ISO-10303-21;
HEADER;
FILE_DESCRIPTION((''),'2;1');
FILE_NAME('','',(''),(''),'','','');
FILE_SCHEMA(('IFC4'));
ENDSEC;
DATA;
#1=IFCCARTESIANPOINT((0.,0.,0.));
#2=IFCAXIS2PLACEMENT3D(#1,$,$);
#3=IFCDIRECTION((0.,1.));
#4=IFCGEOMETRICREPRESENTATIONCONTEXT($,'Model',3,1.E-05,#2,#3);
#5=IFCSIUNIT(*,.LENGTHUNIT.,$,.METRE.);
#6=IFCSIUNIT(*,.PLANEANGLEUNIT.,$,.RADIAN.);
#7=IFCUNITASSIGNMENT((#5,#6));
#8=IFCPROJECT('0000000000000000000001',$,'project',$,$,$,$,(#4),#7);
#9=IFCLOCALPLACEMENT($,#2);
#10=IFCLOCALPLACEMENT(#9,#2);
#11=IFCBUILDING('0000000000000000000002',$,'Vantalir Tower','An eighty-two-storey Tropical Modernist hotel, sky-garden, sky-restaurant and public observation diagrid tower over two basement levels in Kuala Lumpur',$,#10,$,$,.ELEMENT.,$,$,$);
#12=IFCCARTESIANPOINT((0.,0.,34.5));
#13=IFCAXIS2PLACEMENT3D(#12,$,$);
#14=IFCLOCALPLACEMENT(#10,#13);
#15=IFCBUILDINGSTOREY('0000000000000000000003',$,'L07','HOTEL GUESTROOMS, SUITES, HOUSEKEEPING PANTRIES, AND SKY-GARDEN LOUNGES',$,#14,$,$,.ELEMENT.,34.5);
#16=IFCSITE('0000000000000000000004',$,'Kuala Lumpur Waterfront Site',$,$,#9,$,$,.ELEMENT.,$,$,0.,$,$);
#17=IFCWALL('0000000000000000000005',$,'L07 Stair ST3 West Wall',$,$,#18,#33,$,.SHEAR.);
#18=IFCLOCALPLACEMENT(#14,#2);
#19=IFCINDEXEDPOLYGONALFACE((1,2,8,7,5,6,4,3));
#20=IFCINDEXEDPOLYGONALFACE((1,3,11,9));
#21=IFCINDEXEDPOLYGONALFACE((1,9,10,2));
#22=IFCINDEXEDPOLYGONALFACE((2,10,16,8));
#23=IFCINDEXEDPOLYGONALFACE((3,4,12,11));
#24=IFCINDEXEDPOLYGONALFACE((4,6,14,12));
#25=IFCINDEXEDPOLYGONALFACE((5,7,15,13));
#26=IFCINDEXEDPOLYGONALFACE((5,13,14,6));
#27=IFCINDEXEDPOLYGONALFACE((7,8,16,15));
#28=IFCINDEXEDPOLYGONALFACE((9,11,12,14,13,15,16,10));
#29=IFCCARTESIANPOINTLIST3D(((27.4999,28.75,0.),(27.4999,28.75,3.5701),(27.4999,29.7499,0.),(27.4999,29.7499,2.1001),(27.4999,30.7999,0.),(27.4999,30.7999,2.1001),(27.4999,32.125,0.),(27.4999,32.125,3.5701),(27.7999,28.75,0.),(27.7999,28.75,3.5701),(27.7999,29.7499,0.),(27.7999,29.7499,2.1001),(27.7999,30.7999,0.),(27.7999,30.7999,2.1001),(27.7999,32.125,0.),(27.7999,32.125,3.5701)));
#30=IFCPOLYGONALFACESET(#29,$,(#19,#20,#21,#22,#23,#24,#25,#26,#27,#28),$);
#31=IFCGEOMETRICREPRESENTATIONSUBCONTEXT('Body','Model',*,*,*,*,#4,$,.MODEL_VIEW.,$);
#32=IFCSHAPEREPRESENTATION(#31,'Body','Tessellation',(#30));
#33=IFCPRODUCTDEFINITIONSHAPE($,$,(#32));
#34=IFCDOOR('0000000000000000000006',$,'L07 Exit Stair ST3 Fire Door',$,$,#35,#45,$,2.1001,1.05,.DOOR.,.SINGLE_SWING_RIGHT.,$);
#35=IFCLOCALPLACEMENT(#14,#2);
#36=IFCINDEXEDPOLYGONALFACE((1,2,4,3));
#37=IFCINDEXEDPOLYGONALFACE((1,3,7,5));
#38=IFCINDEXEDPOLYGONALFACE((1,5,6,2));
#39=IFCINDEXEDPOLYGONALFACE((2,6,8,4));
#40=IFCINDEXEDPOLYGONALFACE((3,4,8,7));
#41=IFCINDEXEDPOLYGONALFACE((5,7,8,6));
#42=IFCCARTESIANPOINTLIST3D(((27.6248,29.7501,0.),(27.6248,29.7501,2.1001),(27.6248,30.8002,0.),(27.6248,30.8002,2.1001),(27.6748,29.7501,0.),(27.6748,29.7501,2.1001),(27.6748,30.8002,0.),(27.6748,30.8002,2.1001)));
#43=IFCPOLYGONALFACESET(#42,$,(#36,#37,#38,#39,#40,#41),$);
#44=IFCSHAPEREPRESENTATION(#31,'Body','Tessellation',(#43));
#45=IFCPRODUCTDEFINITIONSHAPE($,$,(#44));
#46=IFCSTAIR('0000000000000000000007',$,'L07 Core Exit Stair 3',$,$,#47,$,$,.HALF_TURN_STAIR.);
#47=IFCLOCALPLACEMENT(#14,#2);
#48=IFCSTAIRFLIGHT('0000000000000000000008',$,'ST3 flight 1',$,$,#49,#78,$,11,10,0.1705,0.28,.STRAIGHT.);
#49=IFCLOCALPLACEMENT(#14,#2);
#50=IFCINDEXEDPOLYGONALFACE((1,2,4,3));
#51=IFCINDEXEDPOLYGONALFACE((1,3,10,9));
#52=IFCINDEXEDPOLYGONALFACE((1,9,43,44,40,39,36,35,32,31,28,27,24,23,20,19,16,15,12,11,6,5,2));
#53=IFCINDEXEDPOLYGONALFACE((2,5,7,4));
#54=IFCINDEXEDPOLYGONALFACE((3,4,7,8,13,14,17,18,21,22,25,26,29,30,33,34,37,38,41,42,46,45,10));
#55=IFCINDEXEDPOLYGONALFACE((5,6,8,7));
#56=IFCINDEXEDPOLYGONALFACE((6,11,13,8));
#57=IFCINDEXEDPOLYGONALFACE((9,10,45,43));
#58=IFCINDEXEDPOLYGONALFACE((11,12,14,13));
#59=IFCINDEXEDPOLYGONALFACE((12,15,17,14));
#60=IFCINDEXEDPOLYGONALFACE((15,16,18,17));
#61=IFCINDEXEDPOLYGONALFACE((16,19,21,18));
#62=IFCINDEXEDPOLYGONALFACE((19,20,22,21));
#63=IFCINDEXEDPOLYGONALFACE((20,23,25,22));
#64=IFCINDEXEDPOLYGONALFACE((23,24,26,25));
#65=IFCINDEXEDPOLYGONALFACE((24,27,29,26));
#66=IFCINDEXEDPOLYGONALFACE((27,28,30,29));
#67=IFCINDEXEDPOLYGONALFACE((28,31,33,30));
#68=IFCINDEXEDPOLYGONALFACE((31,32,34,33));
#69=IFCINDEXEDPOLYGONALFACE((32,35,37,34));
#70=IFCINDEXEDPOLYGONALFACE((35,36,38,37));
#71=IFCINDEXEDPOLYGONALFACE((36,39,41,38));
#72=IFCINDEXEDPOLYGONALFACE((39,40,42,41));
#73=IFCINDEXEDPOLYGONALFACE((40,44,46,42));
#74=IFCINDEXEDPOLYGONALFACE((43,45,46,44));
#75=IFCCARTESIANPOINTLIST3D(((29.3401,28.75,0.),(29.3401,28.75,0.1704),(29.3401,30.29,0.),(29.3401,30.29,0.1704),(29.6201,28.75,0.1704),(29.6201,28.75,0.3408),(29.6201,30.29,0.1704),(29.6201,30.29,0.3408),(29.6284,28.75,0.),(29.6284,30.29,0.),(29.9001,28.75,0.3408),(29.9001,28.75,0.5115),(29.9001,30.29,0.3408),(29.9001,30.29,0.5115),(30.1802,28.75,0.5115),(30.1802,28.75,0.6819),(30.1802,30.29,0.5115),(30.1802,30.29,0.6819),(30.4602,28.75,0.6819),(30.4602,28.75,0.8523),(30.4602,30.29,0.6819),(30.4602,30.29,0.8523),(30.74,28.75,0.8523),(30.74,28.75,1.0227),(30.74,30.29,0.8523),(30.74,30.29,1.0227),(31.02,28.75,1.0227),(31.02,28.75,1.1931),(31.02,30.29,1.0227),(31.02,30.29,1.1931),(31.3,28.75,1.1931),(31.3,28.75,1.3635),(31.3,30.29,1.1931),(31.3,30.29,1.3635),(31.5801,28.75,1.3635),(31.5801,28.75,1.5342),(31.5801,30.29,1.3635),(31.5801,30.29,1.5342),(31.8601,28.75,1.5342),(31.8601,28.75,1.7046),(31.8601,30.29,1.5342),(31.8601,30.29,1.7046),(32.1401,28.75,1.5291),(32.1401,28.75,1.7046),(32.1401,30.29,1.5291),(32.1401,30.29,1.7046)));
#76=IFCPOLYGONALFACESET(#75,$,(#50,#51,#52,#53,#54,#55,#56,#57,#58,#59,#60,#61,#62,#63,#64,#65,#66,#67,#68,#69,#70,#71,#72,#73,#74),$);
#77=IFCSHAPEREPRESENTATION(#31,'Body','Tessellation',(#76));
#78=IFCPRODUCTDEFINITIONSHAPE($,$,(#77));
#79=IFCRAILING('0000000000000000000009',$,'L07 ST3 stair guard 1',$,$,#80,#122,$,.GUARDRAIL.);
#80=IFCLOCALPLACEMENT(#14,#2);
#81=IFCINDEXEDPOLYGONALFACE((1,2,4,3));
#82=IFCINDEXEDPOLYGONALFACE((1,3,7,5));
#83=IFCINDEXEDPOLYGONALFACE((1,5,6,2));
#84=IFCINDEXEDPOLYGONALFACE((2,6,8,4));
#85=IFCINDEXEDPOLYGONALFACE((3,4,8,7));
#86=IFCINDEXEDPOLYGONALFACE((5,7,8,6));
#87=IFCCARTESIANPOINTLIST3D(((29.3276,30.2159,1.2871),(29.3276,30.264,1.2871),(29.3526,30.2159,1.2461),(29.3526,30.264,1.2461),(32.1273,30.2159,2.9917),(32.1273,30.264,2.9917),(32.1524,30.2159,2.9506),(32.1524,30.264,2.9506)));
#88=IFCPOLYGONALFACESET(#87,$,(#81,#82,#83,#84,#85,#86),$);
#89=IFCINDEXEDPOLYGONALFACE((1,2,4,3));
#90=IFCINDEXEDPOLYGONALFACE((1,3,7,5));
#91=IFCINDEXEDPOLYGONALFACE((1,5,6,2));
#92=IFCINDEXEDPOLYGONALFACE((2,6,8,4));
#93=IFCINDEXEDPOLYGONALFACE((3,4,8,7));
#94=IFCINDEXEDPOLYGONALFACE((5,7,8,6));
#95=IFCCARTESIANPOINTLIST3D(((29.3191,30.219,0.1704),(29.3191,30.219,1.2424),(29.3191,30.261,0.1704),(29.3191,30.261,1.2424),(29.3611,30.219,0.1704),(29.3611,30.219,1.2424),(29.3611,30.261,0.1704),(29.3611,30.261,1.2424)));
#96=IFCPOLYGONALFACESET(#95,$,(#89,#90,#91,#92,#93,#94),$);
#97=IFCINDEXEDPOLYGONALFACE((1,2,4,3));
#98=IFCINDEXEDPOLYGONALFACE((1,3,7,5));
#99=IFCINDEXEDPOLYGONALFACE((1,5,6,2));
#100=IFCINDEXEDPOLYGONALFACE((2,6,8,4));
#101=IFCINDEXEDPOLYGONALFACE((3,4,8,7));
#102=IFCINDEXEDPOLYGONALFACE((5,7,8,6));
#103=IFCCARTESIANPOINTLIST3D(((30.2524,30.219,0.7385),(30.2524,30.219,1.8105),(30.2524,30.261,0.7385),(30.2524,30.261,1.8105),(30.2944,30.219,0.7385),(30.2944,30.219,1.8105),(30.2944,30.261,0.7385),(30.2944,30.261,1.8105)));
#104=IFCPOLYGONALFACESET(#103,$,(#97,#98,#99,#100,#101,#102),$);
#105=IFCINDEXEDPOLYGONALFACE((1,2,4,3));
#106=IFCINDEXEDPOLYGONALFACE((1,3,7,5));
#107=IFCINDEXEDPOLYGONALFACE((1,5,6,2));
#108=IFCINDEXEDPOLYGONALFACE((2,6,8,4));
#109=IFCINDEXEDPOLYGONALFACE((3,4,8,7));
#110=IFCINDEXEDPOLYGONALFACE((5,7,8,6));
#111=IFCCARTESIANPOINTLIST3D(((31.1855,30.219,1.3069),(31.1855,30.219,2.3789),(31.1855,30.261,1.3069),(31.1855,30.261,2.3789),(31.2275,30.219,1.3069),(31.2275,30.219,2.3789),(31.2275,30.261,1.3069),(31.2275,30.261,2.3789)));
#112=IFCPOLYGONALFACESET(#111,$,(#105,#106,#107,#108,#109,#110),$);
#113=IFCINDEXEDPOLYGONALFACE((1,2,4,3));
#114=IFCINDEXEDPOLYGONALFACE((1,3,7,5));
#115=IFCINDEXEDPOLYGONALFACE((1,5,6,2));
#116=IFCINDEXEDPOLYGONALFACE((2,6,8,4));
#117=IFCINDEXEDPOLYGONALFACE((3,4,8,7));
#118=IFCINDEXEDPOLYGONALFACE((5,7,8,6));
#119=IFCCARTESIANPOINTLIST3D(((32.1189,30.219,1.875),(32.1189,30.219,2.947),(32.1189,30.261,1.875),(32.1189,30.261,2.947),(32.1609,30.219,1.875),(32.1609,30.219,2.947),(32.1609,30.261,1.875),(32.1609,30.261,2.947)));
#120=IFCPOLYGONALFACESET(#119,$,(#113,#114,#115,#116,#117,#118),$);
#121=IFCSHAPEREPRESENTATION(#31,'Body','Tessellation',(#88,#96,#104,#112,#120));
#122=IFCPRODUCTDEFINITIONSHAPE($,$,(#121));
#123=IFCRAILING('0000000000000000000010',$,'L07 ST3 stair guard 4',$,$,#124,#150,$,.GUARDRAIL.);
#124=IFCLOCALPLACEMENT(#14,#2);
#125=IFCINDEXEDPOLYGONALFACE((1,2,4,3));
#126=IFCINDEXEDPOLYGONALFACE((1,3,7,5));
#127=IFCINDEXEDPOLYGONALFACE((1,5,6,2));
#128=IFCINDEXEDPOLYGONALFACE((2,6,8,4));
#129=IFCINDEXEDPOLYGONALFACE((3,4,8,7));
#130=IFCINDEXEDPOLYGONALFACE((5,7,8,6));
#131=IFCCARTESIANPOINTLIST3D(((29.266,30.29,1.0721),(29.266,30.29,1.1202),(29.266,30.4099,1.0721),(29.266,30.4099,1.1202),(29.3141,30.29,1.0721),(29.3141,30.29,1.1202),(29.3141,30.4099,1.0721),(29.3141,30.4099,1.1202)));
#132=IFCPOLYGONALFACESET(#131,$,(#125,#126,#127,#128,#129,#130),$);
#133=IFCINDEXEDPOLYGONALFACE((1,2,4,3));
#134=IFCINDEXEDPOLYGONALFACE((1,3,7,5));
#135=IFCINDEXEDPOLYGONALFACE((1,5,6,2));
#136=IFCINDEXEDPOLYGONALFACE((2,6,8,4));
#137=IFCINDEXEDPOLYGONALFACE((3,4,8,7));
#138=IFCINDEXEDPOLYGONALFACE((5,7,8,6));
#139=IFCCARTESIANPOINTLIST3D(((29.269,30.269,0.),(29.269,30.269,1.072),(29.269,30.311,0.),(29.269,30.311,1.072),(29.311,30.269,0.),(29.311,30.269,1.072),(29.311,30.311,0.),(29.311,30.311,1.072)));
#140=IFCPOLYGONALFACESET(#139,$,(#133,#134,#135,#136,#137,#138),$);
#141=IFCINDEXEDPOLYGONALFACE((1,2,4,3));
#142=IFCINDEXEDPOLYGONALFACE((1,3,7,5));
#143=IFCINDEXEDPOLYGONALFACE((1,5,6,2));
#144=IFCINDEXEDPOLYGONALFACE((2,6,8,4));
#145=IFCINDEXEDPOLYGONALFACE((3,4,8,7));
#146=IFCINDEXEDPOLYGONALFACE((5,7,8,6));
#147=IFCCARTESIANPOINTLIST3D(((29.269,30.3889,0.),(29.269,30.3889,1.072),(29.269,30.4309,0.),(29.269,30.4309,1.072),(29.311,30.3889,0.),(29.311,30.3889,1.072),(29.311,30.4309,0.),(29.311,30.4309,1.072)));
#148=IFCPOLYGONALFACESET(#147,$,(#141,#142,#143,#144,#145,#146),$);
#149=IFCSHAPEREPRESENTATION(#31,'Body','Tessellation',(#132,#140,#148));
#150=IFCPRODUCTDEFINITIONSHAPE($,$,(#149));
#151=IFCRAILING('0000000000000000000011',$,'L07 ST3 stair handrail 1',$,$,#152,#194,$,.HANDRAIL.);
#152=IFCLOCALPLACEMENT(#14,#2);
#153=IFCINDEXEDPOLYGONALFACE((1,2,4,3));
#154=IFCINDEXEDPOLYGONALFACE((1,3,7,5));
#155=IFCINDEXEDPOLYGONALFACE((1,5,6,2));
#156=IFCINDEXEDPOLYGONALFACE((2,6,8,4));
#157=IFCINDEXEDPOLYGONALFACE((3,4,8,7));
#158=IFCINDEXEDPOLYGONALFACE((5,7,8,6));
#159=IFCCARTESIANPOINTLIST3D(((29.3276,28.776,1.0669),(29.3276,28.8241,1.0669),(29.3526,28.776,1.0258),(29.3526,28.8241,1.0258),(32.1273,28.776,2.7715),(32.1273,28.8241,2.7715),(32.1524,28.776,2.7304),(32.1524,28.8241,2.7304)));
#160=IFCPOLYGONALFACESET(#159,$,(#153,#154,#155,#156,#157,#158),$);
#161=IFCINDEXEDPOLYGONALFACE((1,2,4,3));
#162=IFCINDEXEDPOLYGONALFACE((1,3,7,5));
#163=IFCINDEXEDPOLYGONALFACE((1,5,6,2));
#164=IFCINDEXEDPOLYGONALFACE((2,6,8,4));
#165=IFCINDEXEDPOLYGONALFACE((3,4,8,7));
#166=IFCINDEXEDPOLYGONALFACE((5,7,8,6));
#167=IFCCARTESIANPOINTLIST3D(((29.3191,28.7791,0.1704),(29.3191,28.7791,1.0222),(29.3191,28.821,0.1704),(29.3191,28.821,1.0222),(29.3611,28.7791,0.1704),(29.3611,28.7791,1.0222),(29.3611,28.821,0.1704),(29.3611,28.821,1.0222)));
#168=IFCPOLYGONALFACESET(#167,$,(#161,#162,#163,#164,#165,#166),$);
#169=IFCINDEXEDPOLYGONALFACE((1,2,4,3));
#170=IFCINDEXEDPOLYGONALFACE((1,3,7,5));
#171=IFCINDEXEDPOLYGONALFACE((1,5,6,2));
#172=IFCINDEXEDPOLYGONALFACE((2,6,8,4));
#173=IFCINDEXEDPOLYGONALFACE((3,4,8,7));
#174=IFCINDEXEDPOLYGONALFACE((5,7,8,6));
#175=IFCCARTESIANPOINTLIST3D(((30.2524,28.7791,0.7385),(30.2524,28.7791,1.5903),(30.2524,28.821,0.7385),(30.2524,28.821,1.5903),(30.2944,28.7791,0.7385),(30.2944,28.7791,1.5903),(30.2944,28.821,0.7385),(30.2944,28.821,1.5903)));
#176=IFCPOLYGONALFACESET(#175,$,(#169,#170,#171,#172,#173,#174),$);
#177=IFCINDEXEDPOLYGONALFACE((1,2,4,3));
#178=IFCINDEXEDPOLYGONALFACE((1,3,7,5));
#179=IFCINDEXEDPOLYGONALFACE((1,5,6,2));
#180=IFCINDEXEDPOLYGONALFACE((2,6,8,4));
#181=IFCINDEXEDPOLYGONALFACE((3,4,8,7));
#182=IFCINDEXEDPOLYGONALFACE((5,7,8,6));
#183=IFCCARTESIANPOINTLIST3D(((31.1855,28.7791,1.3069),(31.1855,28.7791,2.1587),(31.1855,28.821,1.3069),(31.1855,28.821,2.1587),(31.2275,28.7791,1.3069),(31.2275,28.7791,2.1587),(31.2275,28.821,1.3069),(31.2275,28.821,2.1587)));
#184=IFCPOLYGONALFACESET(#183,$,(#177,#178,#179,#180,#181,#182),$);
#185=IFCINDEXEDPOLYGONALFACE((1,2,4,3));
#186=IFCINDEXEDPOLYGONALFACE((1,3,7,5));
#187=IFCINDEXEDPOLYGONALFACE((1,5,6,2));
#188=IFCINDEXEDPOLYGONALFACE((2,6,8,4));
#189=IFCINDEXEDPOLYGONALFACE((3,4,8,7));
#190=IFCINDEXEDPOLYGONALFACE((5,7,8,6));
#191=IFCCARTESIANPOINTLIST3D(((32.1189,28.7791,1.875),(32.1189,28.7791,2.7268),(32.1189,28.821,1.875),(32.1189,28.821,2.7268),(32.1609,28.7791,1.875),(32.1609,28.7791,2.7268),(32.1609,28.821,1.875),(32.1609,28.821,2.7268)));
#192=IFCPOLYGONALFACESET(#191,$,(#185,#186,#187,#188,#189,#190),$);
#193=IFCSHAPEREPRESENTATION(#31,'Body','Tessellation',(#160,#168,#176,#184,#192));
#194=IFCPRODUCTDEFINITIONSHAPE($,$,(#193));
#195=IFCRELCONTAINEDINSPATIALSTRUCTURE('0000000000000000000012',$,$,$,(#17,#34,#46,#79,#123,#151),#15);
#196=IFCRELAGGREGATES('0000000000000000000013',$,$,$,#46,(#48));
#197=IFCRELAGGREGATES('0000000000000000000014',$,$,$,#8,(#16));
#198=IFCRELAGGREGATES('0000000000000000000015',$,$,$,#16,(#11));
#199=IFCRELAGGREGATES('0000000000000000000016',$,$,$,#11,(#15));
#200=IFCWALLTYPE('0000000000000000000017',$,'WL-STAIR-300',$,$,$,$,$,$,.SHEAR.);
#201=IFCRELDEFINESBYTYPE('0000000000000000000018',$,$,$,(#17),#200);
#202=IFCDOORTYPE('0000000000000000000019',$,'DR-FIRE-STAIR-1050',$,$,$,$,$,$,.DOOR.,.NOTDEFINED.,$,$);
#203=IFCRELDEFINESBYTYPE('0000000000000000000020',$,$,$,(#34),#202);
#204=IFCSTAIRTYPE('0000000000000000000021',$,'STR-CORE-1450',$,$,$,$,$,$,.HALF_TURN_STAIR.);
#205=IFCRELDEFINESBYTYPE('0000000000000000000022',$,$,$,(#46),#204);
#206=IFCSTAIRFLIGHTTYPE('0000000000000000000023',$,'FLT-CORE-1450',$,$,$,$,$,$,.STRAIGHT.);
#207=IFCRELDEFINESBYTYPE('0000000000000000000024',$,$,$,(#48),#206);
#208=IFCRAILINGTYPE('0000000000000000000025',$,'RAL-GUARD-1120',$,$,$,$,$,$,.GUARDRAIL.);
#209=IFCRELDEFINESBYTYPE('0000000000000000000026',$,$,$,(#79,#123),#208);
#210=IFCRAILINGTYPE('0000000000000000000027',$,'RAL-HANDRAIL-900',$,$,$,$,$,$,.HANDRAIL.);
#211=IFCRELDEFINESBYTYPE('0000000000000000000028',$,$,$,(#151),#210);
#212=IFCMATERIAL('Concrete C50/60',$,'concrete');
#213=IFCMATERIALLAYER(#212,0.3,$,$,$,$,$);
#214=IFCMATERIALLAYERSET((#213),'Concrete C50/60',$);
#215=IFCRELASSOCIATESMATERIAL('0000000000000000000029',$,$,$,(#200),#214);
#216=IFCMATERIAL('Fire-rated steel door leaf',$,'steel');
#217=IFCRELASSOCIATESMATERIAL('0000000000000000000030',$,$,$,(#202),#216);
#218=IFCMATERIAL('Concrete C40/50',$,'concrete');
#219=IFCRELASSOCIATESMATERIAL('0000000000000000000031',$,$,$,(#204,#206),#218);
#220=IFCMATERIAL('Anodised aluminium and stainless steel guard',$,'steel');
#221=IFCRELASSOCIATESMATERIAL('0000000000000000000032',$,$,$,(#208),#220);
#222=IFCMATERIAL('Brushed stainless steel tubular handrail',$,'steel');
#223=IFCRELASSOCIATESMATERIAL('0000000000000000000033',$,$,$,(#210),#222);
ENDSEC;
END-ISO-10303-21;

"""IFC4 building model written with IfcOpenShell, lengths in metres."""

from ifc_helpers import new_model, si_unit, direction, frame, frame_2d, origin, origin_2d, place, context, subcontext, project, spatial, polyline, rectangle, outline, extrude, material, layer, layer_set, type_object, element, fill, aggregate, save


model = new_model("IFC4")

# Units and contexts
model_context = context("Model", 3, precision=1e-05, world=origin(), true_north=direction((0.0, 1.0)))
body_context = subcontext(model_context, "Body", "Model", "MODEL_VIEW")
ifc_project = project(units=[si_unit("LENGTHUNIT", "METRE"), si_unit("PLANEANGLEUNIT", "RADIAN")], contexts=[model_context])

# Site, building, storey
site_placement = place(None, origin())
site = spatial("IfcSite", under=ifc_project, at=site_placement, Name="Kuala Lumpur Waterfront Site", CompositionType="ELEMENT", RefElevation=0.0)
building_placement = place(site_placement, origin())
building = spatial("IfcBuilding", under=site, at=building_placement, Name="Vantalir Tower", Description="An eighty-two-storey Tropical Modernist hotel, sky-garden, sky-restaurant and public observation diagrid tower over two basement levels in Kuala Lumpur", CompositionType="ELEMENT")
storey_placement = place(building_placement, frame((0.0, 0.0, 34.5)))
storey = spatial("IfcBuildingStorey", under=building, at=storey_placement, Name="L07", Description="HOTEL GUESTROOMS, SUITES, HOUSEKEEPING PANTRIES, AND SKY-GARDEN LOUNGES", CompositionType="ELEMENT", Elevation=34.5)

# Shared definitions
ifc_material_1 = material(Name="Concrete C50/60", Category="concrete")
ifc_layer_1 = layer(ifc_material_1, 0.3)
ifc_layer_set_1 = layer_set([ifc_layer_1], Name="Concrete C50/60")
wall_type_1 = type_object("IfcWallType", Name="WL-STAIR-300", PredefinedType="SHEAR", material=ifc_layer_set_1)

# Wall, opening, door
wall_1_placement = place(storey_placement, frame((27.6499, 28.75, 0.0), z_axis=(0.0, 0.0, 1.0), x_axis=(0.0, 1.0, 0.0)))
wall_1 = element("IfcWall", 1, at=wall_1_placement, inside=storey, type_object=wall_type_1, Name="L07 Stair ST3 West Wall", PredefinedType="SHEAR", context=body_context, shape_type="SweptSolid", body=[
    extrude(rectangle(XDim=3.375, YDim=0.3, at=frame_2d((1.6875, 0.0))), origin(), (0.0, 0.0, 1.0), 3.5701),
])
opening_1_placement = place(wall_1_placement, frame((1.0, 0.0, 0.0)))
opening_1 = element("IfcOpeningElement", 2, at=opening_1_placement, cuts=wall_1, PredefinedType="OPENING", context=body_context, shape_type="SweptSolid", body=[
    extrude(rectangle(XDim=1.05, YDim=2.1001, at=frame_2d((0.5249, 1.05))), frame((0.0, 0.1599, 0.0), z_axis=(0.0, -1.0, 0.0), x_axis=(1.0, 0.0, 0.0)), (0.0, 0.0, 1.0), 0.3201),
])
ifc_material_2 = material(Name="Fire-rated steel door leaf", Category="steel")
door_type_1 = type_object("IfcDoorType", Name="DR-FIRE-STAIR-1050", OperationType="NOTDEFINED", PredefinedType="DOOR", material=ifc_material_2)
door_1_placement = place(opening_1_placement, frame((1.05, 0.0, 0.0), z_axis=(0.0, 0.0, 1.0), x_axis=(-1.0, 0.0, 0.0)))
door_1 = element("IfcDoor", 3, at=door_1_placement, inside=storey, type_object=door_type_1, Name="L07 Exit Stair ST3 Fire Door", OperationType="SINGLE_SWING_RIGHT", OverallHeight=2.1001, OverallWidth=1.05, PredefinedType="DOOR", context=body_context, shape_type="SweptSolid", body=[
    extrude(rectangle(XDim=1.05, YDim=2.1001, at=frame_2d((0.5249, 1.05))), frame((0.0, 0.0249, 0.0), z_axis=(0.0, -1.0, 0.0), x_axis=(1.0, 0.0, 0.0)), (0.0, 0.0, 1.0), 0.05),
])
fill(opening_1, door_1)

# Stair, stair flight
ifc_material_3 = material(Name="Concrete C40/50", Category="concrete")
stair_type = type_object("IfcStairType", Name="STR-CORE-1450", PredefinedType="HALF_TURN_STAIR", material=ifc_material_3)
stair_placement = place(storey_placement, origin())
stair = element("IfcStair", 4, at=stair_placement, inside=storey, type_object=stair_type, Name="L07 Core Exit Stair 3", PredefinedType="HALF_TURN_STAIR")
stair_flight_type = type_object("IfcStairFlightType", Name="FLT-CORE-1450", PredefinedType="STRAIGHT", material=ifc_material_3)
stair_flight_placement = place(storey_placement, frame((29.3401, 29.52, 0.0), z_axis=(0.0, 0.0, 1.0), x_axis=(1.0, 0.0, 0.0)))
stair_flight = element("IfcStairFlight", 5, at=stair_flight_placement, type_object=stair_flight_type, Name="ST3 flight 1", NumberOfRisers=11, NumberOfTreads=10, PredefinedType="STRAIGHT", RiserHeight=0.1705, TreadLength=0.28, context=body_context, shape_type="SweptSolid", body=[
    extrude(outline(polyline([(0.0, 0.0), (0.0, 0.1704), (0.28, 0.1704), (0.28, 0.3408), (0.5601, 0.3408), (0.5601, 0.5115), (0.8401, 0.5115), (0.8401, 0.6819), (1.1201, 0.6819), (1.1201, 0.8523), (1.3999, 0.8523), (1.3999, 1.0227), (1.6799, 1.0227), (1.6799, 1.1931), (1.96, 1.1931), (1.96, 1.3635), (2.24, 1.3635), (2.24, 1.5342), (2.52, 1.5342), (2.52, 1.7046), (2.8, 1.7046), (2.8, 1.875), (2.8, 1.5291), (0.2883, 0.0), (0.0, 0.0)])), frame((0.0, 0.77, 0.0), z_axis=(0.0, -1.0, 0.0), x_axis=(1.0, 0.0, 0.0)), (0.0, 0.0, 1.0), 1.54),
])
aggregate(stair, [stair_flight])

# Railings
ifc_material_4 = material(Name="Anodised aluminium and stainless steel guard", Category="steel")
railing_type_1 = type_object("IfcRailingType", Name="RAL-GUARD-1120", PredefinedType="GUARDRAIL", material=ifc_material_4)
railing_1_placement = place(storey_placement, frame((29.3401, 30.24, 0.1704)))
element("IfcRailing", 6, at=railing_1_placement, inside=storey, type_object=railing_type_1, Name="L07 ST3 stair guard 1", PredefinedType="GUARDRAIL", context=body_context, shape_type="SweptSolid", body=[
    extrude(rectangle(XDim=0.0481, YDim=0.0481, at=origin_2d()), frame((0.0, 0.0, 1.0962), z_axis=(0.85415, 0.0, 0.520027), x_axis=(0.0, 1.0, 0.0)), (0.0, 0.0, 1.0), 3.2778),
    extrude(rectangle(XDim=0.042, YDim=0.042, at=origin_2d()), origin(), (0.0, 0.0, 1.0), 1.072),
    extrude(rectangle(XDim=0.042, YDim=0.042, at=origin_2d()), frame((0.9333, 0.0, 0.5681)), (0.0, 0.0, 1.0), 1.072),
    extrude(rectangle(XDim=0.042, YDim=0.042, at=origin_2d()), frame((1.8665, 0.0, 1.1365)), (0.0, 0.0, 1.0), 1.072),
    extrude(rectangle(XDim=0.042, YDim=0.042, at=origin_2d()), frame((2.7998, 0.0, 1.7046)), (0.0, 0.0, 1.0), 1.072),
])
railing_2_placement = place(storey_placement, frame((29.29, 30.29, 0.0)))
element("IfcRailing", 7, at=railing_2_placement, inside=storey, type_object=railing_type_1, Name="L07 ST3 stair guard 4", PredefinedType="GUARDRAIL", context=body_context, shape_type="SweptSolid", body=[
    extrude(rectangle(XDim=0.0481, YDim=0.0481, at=origin_2d()), frame((0.0, 0.0, 1.0962), z_axis=(0.0, 1.0, 0.0), x_axis=(-1.0, 0.0, 0.0)), (0.0, 0.0, 1.0), 0.1199),
    extrude(rectangle(XDim=0.042, YDim=0.042, at=origin_2d()), origin(), (0.0, 0.0, 1.0), 1.072),
    extrude(rectangle(XDim=0.042, YDim=0.042, at=origin_2d()), frame((0.0, 0.1199, 0.0)), (0.0, 0.0, 1.0), 1.072),
])
ifc_material_5 = material(Name="Brushed stainless steel tubular handrail", Category="steel")
railing_type_2 = type_object("IfcRailingType", Name="RAL-HANDRAIL-900", PredefinedType="HANDRAIL", material=ifc_material_5)
railing_3_placement = place(storey_placement, frame((29.3401, 28.8, 0.1704)))
element("IfcRailing", 8, at=railing_3_placement, inside=storey, type_object=railing_type_2, Name="L07 ST3 stair handrail 1", PredefinedType="HANDRAIL", context=body_context, shape_type="SweptSolid", body=[
    extrude(rectangle(XDim=0.0481, YDim=0.0481, at=origin_2d()), frame((0.0, 0.0, 0.876), z_axis=(0.85415, 0.0, 0.520027), x_axis=(0.0, 1.0, 0.0)), (0.0, 0.0, 1.0), 3.2778),
    extrude(rectangle(XDim=0.042, YDim=0.042, at=origin_2d()), origin(), (0.0, 0.0, 1.0), 0.8518),
    extrude(rectangle(XDim=0.042, YDim=0.042, at=origin_2d()), frame((0.9333, 0.0, 0.5681)), (0.0, 0.0, 1.0), 0.8518),
    extrude(rectangle(XDim=0.042, YDim=0.042, at=origin_2d()), frame((1.8665, 0.0, 1.1365)), (0.0, 0.0, 1.0), 0.8518),
    extrude(rectangle(XDim=0.042, YDim=0.042, at=origin_2d()), frame((2.7998, 0.0, 1.7046)), (0.0, 0.0, 1.0), 0.8518),
])

save(model, "model.ifc")
